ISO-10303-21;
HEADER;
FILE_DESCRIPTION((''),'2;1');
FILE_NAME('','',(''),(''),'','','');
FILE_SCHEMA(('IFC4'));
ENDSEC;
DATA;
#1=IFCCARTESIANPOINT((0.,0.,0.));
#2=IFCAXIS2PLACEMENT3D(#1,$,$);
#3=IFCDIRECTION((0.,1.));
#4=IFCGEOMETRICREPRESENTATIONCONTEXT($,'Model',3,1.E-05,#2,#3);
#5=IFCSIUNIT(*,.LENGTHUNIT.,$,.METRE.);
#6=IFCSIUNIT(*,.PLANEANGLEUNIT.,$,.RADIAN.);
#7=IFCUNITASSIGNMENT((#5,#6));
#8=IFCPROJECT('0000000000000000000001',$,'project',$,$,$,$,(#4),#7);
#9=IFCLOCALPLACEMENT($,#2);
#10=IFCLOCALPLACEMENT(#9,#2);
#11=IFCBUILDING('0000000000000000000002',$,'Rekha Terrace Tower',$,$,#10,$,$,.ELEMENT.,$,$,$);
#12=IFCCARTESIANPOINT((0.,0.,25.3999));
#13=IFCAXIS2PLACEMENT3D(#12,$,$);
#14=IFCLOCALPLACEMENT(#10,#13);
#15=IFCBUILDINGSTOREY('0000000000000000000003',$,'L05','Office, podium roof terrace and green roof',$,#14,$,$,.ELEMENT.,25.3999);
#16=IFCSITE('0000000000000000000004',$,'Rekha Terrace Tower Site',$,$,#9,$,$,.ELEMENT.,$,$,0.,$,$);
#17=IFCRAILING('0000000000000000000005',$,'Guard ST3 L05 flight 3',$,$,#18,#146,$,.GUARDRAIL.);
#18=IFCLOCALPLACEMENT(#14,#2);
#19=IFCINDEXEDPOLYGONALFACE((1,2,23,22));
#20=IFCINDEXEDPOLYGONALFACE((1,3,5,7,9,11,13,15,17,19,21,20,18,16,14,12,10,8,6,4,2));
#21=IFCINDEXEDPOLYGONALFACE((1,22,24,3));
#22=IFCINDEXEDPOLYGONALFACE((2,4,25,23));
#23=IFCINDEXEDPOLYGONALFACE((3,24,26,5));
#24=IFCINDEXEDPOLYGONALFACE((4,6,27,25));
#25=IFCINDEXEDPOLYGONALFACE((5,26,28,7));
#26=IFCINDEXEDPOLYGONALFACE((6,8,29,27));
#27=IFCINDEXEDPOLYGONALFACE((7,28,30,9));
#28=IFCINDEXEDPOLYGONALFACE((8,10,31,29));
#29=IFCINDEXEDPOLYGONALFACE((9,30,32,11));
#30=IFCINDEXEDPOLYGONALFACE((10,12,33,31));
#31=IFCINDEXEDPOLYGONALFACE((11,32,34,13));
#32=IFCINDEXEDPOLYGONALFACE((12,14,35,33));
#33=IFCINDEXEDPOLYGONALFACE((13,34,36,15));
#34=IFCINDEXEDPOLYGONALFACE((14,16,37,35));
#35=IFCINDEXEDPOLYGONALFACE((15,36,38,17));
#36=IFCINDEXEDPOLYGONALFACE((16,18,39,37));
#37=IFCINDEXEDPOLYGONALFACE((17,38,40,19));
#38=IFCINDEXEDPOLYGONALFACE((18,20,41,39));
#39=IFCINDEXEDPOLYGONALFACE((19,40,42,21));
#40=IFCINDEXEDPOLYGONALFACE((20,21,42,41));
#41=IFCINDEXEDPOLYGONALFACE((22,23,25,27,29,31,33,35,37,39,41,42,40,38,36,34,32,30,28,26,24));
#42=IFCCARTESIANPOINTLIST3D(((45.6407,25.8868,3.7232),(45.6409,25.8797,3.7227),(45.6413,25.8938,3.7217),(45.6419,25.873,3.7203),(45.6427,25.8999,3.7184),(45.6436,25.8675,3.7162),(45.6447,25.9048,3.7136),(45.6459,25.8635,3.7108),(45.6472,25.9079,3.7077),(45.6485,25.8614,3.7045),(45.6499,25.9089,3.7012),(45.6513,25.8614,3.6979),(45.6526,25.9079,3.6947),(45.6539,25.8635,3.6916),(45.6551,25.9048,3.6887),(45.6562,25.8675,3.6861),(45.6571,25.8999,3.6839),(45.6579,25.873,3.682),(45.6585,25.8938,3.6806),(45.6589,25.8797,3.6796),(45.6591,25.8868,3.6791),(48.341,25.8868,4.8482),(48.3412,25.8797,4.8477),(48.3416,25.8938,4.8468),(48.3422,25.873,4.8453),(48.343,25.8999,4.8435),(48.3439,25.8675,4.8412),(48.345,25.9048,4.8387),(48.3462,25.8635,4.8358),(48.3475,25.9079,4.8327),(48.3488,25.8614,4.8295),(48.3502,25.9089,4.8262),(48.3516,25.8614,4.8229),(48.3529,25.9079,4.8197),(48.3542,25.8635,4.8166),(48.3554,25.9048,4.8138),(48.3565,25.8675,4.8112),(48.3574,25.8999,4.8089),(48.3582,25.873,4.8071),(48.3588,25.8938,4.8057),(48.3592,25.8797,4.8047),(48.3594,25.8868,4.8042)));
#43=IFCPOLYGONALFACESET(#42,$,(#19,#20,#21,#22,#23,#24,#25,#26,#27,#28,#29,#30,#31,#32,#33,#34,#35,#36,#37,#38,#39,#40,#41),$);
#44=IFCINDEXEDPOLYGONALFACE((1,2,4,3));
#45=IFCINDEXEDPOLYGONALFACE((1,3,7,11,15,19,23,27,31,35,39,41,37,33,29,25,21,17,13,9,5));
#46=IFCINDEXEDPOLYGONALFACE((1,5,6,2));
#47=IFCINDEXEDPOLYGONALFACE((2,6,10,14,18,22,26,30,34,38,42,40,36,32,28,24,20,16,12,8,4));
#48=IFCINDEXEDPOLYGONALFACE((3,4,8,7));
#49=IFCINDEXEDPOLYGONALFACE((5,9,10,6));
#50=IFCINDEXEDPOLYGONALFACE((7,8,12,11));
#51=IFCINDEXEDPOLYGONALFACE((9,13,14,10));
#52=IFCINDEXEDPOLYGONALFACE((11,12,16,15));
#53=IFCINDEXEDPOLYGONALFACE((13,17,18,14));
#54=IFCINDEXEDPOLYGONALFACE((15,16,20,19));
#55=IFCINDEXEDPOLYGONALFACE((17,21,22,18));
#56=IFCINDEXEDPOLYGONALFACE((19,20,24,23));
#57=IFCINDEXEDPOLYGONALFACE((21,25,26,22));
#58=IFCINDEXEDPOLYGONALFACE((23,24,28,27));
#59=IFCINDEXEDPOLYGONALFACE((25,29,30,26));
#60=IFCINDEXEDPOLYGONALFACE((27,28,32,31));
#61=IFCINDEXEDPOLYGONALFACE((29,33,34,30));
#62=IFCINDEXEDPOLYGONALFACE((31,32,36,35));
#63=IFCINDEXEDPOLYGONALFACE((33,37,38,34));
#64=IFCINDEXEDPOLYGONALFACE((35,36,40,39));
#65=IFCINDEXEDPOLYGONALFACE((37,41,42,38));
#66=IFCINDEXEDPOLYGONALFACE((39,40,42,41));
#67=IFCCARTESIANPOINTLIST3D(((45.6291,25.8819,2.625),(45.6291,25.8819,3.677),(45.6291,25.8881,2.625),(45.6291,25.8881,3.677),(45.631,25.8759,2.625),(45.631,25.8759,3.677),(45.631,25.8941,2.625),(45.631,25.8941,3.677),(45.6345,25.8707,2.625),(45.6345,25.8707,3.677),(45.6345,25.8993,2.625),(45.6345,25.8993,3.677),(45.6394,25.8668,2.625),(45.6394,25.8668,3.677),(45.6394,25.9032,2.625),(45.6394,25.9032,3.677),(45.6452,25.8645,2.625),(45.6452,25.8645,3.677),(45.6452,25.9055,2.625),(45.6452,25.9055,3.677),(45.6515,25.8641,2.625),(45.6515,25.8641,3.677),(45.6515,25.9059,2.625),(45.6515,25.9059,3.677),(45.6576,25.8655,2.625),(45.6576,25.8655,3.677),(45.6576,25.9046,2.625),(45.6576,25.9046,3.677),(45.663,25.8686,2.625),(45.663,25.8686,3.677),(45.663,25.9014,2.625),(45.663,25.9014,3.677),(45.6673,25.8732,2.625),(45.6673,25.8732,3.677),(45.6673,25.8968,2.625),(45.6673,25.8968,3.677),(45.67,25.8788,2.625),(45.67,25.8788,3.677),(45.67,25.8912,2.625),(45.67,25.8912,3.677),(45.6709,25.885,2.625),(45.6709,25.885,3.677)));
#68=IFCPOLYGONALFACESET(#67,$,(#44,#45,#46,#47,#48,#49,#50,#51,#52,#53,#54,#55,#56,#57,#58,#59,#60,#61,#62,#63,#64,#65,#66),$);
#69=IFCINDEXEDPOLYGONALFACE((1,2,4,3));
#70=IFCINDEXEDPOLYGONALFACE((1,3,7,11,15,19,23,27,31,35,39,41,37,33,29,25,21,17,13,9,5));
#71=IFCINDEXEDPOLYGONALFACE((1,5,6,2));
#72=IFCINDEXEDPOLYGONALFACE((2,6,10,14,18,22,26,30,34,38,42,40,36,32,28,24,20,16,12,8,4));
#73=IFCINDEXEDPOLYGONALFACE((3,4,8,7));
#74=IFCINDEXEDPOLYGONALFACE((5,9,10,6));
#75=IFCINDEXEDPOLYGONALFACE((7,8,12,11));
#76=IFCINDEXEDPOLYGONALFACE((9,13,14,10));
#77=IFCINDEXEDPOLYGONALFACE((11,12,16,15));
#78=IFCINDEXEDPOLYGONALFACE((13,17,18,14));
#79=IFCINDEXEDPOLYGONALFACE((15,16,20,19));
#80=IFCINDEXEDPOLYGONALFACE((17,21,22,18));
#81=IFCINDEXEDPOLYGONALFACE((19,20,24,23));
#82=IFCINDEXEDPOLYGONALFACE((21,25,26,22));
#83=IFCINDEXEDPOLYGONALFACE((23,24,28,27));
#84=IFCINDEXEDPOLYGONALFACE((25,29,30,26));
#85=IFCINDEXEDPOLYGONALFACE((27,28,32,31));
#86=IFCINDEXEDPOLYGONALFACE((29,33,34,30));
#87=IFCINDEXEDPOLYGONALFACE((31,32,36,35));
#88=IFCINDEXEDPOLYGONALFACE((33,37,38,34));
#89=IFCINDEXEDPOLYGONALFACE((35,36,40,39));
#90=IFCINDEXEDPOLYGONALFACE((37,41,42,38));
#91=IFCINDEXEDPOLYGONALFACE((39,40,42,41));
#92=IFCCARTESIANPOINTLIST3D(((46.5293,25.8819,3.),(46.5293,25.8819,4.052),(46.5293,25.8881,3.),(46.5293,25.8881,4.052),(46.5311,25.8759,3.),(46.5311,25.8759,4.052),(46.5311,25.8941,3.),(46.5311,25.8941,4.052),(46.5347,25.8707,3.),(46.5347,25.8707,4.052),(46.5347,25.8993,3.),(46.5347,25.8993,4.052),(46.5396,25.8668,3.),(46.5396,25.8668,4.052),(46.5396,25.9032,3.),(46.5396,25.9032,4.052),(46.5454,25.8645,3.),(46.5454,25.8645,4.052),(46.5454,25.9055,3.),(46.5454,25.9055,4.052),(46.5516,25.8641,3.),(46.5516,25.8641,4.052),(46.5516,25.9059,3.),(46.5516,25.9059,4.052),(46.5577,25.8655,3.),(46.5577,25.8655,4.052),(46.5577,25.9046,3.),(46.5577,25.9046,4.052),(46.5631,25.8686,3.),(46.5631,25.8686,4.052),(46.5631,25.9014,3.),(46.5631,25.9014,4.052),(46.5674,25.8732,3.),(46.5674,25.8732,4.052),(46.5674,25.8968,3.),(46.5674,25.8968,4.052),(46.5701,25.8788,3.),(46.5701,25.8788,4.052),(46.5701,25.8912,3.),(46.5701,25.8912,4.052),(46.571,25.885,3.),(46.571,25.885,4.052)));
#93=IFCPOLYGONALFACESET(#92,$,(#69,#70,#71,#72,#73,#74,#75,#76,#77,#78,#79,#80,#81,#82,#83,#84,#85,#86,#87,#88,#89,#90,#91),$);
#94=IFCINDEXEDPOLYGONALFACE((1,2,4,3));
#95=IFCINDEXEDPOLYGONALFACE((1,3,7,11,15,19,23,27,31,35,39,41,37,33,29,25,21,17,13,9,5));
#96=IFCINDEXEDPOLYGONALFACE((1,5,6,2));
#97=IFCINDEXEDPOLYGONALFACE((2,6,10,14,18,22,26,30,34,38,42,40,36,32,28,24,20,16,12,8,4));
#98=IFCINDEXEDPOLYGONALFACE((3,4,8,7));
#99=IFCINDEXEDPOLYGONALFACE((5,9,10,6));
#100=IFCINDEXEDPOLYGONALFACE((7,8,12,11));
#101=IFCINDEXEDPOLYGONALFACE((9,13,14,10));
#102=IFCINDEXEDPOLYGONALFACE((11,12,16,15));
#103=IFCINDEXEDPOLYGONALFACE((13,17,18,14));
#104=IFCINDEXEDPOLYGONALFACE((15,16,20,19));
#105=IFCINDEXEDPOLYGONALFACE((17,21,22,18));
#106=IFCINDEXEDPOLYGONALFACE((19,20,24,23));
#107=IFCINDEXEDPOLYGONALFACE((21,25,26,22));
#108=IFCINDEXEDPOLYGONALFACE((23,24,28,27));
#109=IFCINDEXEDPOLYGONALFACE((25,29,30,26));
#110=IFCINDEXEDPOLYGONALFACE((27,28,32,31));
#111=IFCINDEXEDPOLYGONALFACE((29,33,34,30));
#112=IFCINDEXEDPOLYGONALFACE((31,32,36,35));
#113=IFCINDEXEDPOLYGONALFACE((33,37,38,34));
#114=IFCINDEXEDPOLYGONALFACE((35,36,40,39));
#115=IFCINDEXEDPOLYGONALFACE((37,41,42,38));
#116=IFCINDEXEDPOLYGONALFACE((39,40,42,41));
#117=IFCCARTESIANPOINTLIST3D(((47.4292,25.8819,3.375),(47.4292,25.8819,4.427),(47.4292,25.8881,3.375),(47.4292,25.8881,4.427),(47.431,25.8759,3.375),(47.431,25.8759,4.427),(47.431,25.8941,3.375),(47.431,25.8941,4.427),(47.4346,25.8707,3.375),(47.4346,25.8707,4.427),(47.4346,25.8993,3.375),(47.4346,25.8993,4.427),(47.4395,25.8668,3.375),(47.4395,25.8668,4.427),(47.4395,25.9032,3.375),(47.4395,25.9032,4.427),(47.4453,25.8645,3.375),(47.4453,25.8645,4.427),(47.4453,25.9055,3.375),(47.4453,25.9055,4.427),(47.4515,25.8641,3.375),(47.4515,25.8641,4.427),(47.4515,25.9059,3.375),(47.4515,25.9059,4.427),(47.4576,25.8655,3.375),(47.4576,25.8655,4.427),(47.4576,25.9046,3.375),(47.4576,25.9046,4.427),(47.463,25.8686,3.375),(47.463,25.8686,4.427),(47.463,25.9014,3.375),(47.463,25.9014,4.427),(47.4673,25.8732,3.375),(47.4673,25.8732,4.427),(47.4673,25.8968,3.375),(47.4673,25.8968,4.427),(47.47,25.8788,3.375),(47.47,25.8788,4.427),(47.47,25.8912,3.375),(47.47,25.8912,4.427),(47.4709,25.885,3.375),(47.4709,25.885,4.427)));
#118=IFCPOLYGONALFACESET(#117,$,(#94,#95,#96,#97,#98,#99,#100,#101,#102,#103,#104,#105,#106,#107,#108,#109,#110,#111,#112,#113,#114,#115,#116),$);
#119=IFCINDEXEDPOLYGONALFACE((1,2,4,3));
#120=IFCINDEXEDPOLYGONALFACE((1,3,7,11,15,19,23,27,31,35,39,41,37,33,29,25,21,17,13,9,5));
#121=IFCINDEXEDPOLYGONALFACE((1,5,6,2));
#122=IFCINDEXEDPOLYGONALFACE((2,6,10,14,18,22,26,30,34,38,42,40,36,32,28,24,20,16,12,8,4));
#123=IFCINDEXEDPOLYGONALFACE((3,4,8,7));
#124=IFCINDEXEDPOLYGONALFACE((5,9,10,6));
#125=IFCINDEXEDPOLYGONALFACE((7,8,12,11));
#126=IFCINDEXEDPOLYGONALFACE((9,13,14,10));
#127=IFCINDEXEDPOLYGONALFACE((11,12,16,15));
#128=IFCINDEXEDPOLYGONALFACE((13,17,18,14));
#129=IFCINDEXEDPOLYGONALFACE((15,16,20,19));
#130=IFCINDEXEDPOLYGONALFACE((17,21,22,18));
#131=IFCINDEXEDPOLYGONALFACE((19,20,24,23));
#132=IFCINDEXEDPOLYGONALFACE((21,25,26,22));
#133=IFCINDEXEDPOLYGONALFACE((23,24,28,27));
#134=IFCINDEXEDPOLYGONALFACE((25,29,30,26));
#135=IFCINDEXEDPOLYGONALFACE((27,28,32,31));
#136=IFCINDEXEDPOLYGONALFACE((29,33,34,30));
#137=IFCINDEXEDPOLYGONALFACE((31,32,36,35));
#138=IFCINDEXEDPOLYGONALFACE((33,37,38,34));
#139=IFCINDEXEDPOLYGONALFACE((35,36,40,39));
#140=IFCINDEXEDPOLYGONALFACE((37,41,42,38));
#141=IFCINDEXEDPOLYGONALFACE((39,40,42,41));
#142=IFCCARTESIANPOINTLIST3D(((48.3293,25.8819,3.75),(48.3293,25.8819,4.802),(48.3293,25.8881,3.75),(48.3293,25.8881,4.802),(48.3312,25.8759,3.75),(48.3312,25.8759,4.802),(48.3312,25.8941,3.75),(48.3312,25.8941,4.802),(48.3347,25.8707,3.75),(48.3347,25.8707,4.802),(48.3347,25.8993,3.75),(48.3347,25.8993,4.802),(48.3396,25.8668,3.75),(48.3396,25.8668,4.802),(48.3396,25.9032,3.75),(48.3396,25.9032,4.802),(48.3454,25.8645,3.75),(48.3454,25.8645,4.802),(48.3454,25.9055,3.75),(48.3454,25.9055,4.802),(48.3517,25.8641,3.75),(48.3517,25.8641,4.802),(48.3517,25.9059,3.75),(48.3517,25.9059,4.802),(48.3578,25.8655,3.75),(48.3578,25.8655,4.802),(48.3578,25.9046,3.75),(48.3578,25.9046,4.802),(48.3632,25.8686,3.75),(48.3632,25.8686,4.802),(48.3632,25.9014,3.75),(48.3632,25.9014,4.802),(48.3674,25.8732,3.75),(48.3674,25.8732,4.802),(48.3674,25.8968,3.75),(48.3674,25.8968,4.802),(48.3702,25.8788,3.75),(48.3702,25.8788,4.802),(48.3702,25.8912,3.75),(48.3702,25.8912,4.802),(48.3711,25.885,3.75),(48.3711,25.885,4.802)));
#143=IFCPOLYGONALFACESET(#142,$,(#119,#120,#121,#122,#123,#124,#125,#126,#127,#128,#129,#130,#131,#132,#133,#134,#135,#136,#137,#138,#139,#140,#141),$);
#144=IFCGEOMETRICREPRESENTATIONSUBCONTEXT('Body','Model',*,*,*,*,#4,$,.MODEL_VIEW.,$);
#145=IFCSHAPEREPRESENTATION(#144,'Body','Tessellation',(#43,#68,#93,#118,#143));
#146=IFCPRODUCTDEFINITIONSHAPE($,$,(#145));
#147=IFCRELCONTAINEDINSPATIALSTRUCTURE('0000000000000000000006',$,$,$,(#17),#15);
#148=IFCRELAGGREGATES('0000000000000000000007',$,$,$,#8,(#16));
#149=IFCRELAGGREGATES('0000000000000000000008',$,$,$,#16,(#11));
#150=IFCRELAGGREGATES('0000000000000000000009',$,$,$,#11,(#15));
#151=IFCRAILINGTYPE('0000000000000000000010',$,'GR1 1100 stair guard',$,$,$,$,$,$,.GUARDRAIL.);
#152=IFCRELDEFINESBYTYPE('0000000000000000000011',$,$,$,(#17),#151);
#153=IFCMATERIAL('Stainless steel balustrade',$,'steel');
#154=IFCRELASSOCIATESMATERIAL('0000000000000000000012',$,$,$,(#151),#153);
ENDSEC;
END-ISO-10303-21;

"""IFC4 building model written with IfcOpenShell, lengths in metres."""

from ifc_helpers import new_model, si_unit, direction, frame, origin, origin_2d, place, context, subcontext, project, spatial, circle, extrude, material, type_object, element, save


model = new_model("IFC4")

# Units and contexts
model_context = context("Model", 3, precision=1e-05, world=origin(), true_north=direction((0.0, 1.0)))
body_context = subcontext(model_context, "Body", "Model", "MODEL_VIEW")
ifc_project = project(units=[si_unit("LENGTHUNIT", "METRE"), si_unit("PLANEANGLEUNIT", "RADIAN")], contexts=[model_context])

# Site, building, storey
site_placement = place(None, origin())
site = spatial("IfcSite", under=ifc_project, at=site_placement, Name="Rekha Terrace Tower Site", CompositionType="ELEMENT", RefElevation=0.0)
building_placement = place(site_placement, origin())
building = spatial("IfcBuilding", under=site, at=building_placement, Name="Rekha Terrace Tower", CompositionType="ELEMENT")
storey_placement = place(building_placement, frame((0.0, 0.0, 25.3999)))
storey = spatial("IfcBuildingStorey", under=building, at=storey_placement, Name="L05", Description="Office, podium roof terrace and green roof", CompositionType="ELEMENT", Elevation=25.3999)

# Railing
ifc_material_1 = material(Name="Stainless steel balustrade", Category="steel")
railing_type_1 = type_object("IfcRailingType", Name="GR1 1100 stair guard", PredefinedType="GUARDRAIL", material=ifc_material_1)
railing_1_placement = place(storey_placement, frame((45.6499, 25.885, 2.625)))
element("IfcRailing", 1, at=railing_1_placement, inside=storey, type_object=railing_type_1, Name="Guard ST3 L05 flight 3", PredefinedType="GUARDRAIL", context=body_context, shape_type="SweptSolid", body=[
    extrude(circle(Radius=0.0239, at=origin_2d()), frame((0.0, 0.0, 1.0762), z_axis=(0.923087, 0.0, 0.384592), x_axis=(0.0, 1.0, 0.0)), (0.0, 0.0, 1.0), 2.9253),
    extrude(circle(Radius=0.021, at=origin_2d()), origin(), (0.0, 0.0, 1.0), 1.052),
    extrude(circle(Radius=0.021, at=origin_2d()), frame((0.9001, 0.0, 0.375)), (0.0, 0.0, 1.0), 1.052),
    extrude(circle(Radius=0.021, at=origin_2d()), frame((1.8, 0.0, 0.75)), (0.0, 0.0, 1.0), 1.052),
    extrude(circle(Radius=0.021, at=origin_2d()), frame((2.7002, 0.0, 1.125)), (0.0, 0.0, 1.0), 1.052),
])

save(model, "model.ifc")
